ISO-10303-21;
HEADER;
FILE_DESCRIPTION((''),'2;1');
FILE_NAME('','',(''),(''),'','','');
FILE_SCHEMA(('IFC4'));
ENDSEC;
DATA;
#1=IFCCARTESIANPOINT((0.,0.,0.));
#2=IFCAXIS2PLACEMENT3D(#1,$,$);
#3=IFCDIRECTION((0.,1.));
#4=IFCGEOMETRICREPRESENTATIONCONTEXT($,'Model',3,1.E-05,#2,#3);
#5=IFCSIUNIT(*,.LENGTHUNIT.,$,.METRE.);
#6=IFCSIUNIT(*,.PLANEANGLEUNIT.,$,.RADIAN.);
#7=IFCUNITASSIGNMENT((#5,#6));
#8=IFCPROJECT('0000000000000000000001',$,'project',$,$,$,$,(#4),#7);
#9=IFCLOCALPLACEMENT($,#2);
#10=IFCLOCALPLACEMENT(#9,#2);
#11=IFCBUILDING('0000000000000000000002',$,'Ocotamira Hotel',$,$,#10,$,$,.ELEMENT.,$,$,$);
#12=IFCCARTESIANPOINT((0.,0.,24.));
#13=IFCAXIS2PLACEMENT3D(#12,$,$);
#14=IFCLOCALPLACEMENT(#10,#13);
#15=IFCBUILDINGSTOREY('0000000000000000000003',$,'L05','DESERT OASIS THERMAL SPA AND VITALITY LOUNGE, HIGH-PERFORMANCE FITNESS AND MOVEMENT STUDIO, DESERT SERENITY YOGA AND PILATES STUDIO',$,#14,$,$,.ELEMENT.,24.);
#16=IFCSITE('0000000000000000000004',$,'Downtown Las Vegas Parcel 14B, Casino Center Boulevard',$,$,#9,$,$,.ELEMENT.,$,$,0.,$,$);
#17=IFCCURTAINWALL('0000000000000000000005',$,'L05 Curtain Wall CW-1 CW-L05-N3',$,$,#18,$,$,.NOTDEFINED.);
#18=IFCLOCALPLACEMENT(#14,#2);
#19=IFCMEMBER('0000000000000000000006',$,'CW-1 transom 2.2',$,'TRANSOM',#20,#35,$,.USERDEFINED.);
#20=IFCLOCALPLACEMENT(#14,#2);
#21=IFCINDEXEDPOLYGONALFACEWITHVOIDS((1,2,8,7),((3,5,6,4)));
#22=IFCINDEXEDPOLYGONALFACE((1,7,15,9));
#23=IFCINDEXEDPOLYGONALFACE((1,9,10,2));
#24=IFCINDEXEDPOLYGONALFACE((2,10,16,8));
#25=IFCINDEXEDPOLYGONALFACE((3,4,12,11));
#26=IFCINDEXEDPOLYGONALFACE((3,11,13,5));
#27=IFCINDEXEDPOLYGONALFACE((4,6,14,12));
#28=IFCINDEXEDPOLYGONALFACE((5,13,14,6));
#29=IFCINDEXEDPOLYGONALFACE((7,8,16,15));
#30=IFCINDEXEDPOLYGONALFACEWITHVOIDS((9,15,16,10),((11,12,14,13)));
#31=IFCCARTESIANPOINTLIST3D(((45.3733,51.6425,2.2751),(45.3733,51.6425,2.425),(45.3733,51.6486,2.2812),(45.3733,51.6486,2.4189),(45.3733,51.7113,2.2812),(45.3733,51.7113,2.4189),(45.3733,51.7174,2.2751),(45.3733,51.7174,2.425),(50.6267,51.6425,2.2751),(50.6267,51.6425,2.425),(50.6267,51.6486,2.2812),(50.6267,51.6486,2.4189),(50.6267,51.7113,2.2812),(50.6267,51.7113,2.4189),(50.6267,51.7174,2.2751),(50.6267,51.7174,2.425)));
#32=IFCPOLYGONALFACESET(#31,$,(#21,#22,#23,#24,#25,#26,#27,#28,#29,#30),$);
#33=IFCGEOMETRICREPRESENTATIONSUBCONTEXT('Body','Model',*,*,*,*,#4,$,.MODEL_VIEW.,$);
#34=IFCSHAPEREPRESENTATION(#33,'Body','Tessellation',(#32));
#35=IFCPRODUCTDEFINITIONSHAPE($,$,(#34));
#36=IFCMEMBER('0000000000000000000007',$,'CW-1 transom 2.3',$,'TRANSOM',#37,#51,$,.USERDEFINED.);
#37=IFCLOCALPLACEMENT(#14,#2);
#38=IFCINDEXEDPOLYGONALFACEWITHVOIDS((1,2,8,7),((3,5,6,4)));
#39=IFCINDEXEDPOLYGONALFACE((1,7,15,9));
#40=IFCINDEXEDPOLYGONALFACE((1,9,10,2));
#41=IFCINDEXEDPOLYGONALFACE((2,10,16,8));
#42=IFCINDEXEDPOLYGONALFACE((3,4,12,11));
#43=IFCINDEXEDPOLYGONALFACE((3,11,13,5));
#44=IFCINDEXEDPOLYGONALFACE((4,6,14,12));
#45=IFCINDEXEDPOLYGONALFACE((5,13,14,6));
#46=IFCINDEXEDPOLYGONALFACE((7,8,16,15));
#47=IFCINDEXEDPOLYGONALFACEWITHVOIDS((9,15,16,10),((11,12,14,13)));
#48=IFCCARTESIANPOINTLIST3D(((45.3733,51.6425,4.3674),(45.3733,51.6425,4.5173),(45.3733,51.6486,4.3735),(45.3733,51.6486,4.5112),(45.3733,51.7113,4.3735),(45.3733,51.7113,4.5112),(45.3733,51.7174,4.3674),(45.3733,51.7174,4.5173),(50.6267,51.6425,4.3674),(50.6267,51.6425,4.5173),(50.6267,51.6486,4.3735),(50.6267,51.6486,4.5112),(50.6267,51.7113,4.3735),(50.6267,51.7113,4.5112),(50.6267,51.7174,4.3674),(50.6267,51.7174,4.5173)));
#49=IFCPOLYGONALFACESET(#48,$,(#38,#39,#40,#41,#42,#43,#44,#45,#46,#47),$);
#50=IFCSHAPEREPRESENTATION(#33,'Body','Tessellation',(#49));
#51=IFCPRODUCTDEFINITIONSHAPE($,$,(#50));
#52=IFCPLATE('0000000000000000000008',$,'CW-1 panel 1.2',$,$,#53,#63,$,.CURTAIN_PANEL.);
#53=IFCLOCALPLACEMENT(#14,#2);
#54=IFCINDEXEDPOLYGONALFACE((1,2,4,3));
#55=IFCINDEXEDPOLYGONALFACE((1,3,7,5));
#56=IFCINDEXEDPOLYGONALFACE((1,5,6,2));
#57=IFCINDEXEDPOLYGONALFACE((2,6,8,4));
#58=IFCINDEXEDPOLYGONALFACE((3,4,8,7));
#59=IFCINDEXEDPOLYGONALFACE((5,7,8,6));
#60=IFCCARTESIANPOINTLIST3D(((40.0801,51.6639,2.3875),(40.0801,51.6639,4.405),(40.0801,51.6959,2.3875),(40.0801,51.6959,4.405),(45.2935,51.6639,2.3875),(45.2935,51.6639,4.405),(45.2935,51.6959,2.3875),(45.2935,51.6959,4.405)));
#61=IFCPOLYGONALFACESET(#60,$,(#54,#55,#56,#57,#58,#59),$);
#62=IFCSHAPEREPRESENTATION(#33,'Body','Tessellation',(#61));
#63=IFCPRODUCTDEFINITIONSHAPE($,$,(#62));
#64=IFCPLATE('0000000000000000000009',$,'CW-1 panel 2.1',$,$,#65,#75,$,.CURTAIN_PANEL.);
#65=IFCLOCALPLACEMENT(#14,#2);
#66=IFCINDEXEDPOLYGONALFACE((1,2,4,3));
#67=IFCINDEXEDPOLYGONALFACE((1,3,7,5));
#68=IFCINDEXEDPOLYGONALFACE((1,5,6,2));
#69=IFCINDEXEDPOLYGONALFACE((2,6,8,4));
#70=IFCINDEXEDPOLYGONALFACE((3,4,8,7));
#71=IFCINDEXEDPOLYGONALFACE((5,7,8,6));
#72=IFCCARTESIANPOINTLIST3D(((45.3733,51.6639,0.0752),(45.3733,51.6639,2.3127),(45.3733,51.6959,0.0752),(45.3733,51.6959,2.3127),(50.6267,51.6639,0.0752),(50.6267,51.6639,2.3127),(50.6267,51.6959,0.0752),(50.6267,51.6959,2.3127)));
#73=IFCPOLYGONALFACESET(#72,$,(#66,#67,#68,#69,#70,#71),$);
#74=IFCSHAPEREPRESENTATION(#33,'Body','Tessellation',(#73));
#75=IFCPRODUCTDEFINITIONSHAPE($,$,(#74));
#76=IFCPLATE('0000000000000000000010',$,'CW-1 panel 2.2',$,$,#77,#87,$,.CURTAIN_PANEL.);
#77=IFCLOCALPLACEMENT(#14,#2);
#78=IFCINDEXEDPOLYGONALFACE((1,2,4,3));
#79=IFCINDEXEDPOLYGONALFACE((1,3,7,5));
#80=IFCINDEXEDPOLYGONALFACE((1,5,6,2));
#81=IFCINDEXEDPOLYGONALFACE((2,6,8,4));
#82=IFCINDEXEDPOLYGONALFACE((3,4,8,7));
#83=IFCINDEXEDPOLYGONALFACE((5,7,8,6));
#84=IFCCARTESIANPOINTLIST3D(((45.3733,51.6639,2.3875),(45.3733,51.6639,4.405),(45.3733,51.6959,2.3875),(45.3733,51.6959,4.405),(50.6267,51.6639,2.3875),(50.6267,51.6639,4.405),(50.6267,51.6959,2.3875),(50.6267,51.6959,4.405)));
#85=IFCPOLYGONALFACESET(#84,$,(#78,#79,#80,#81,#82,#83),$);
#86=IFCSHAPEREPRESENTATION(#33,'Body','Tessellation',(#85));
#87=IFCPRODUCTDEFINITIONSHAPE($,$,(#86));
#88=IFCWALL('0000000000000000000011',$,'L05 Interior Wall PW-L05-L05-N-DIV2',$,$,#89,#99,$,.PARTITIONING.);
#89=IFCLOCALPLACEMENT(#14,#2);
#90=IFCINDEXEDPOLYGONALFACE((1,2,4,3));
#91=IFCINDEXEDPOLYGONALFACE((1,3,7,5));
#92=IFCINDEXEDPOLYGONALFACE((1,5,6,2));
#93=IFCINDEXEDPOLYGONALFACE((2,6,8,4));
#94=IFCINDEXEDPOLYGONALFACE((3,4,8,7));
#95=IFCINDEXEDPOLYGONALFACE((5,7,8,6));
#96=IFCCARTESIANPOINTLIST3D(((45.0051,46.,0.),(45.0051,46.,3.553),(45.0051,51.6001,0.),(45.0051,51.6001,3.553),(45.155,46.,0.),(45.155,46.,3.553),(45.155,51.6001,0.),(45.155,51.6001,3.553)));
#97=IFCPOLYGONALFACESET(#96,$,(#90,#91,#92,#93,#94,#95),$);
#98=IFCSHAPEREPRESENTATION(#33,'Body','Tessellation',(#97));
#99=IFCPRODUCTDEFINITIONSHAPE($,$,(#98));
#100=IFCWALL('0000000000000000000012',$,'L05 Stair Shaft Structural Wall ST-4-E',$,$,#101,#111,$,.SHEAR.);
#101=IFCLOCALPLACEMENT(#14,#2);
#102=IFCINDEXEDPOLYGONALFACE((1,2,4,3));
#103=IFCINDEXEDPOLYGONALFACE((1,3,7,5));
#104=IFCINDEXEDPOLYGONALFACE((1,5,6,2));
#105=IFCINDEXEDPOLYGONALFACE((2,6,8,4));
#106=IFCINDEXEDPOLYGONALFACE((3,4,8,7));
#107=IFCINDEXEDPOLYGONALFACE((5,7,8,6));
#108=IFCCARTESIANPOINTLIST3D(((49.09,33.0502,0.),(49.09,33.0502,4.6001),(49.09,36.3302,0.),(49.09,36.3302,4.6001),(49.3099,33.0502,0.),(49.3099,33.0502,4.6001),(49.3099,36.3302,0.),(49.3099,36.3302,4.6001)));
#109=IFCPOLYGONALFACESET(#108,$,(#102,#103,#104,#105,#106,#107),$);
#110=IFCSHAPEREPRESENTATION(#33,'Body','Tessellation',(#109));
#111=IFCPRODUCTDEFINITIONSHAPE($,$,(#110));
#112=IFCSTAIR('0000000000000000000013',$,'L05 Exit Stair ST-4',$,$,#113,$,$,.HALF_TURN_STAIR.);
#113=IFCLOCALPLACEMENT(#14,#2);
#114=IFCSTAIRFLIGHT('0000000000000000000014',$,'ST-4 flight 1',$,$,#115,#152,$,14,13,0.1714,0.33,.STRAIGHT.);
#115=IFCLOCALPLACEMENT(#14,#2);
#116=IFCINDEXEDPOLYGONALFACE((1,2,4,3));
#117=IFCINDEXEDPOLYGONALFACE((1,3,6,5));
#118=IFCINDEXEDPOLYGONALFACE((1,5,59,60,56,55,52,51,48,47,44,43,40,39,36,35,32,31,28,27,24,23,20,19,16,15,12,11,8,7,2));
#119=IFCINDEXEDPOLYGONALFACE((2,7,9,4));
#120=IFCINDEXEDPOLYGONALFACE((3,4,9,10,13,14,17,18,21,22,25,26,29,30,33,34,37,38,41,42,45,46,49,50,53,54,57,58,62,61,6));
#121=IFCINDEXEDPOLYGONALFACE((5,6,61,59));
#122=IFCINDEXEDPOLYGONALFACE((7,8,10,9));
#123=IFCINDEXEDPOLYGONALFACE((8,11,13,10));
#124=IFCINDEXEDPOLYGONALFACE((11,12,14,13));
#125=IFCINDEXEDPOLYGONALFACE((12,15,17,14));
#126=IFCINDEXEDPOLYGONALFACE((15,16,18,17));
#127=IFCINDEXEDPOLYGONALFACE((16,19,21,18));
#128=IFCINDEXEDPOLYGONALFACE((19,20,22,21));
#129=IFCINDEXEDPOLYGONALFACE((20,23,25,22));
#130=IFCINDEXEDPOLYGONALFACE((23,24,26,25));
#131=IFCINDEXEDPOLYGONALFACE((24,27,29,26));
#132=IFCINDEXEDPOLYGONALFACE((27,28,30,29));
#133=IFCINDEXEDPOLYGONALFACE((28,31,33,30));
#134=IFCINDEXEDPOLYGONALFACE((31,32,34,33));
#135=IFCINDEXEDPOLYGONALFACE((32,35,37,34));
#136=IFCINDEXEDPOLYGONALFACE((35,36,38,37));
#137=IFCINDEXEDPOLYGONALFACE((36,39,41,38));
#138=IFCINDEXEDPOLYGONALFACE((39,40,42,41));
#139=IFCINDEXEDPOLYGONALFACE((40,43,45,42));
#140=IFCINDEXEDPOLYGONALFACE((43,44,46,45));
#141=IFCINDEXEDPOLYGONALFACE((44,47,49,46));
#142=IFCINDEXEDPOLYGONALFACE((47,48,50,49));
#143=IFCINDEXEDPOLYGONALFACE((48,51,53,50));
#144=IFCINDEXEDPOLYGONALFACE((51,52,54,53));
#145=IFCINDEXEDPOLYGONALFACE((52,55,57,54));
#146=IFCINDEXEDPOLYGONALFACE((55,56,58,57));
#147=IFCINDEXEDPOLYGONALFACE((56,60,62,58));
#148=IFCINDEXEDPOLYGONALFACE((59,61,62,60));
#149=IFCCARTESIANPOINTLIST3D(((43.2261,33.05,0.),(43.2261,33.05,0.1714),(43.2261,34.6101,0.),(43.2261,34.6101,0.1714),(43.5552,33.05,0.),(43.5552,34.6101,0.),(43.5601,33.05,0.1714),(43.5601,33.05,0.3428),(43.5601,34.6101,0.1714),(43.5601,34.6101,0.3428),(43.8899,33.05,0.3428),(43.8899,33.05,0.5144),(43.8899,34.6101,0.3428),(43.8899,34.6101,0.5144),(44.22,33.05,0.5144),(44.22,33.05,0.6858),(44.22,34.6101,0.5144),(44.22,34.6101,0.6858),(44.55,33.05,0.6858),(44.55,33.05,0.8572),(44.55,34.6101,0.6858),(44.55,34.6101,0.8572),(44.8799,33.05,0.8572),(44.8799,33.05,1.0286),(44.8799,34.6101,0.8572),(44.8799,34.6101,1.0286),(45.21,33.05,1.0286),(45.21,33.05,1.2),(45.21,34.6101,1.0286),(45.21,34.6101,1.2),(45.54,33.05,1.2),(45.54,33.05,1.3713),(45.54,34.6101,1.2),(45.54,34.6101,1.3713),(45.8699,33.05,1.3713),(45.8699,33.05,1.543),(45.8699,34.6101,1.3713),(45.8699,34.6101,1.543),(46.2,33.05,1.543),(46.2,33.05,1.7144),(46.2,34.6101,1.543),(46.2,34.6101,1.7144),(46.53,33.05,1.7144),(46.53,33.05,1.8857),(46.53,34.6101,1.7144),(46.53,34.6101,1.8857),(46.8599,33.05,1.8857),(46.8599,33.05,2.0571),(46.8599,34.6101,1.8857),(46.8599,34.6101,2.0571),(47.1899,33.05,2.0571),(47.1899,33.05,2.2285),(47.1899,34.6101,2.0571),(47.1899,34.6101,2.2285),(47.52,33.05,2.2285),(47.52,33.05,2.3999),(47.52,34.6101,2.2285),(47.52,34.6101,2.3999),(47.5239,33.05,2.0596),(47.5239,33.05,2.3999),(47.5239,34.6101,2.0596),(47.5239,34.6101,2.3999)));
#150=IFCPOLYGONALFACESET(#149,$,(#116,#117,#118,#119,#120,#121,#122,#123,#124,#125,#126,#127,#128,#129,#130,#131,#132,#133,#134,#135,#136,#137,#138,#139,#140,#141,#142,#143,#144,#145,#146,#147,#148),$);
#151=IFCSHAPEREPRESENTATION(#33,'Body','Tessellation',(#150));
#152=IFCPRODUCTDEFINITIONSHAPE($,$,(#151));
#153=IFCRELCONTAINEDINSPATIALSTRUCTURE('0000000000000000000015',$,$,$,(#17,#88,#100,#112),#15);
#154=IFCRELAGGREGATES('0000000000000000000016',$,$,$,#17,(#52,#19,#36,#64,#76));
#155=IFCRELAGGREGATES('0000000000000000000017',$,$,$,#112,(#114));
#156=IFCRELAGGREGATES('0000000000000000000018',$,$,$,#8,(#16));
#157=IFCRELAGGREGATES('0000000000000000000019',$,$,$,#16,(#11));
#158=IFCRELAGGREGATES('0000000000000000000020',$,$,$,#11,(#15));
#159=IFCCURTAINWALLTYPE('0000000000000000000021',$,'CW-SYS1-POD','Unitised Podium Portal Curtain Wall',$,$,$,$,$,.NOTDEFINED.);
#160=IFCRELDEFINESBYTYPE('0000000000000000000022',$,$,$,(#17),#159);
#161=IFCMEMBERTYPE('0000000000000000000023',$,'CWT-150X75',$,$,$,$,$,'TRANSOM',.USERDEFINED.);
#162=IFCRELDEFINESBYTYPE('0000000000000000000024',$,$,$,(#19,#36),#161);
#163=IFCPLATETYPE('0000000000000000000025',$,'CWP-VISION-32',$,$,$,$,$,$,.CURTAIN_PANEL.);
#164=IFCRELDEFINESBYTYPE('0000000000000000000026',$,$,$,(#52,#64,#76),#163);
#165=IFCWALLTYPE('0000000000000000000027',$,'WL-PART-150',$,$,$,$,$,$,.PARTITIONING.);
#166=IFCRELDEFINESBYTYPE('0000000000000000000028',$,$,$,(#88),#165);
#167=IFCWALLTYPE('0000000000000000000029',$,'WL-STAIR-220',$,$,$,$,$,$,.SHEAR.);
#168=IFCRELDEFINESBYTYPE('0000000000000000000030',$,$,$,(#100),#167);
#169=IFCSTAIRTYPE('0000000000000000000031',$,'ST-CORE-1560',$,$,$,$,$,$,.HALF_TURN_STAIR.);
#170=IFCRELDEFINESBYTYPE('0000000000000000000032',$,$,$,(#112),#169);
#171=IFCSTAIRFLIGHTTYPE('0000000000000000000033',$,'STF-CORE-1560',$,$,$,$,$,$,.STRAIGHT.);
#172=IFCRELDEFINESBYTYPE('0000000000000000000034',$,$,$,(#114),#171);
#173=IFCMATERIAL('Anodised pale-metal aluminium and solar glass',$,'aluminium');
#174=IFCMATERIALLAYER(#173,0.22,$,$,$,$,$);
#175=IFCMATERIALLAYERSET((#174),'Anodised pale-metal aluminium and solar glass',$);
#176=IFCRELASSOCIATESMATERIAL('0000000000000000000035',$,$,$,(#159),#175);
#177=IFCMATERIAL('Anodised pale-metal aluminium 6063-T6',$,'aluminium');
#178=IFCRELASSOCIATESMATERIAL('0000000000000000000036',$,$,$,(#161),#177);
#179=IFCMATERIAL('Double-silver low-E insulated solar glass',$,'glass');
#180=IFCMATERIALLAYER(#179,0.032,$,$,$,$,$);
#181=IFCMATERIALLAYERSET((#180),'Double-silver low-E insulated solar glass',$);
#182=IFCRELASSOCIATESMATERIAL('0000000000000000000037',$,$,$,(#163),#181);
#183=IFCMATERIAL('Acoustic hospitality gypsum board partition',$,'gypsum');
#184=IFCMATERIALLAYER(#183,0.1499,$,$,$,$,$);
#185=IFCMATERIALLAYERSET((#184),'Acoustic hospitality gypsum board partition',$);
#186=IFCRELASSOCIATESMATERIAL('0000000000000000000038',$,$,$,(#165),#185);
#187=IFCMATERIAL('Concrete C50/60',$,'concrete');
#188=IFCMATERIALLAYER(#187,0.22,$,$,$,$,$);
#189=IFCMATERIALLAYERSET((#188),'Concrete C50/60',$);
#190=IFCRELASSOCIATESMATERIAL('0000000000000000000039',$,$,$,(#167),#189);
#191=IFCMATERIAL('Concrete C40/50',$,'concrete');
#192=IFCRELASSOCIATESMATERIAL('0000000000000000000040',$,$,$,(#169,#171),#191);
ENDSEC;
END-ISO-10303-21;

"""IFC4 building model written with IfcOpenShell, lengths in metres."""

from ifc_helpers import new_model, si_unit, direction, frame, frame_2d, origin, origin_2d, place, context, subcontext, project, spatial, polyline, rectangle, hollow_rectangle, outline, extrude, source, transform, mapped, material, layer, layer_set, material_profile, profile_set, type_object, element, aggregate, save


model = new_model("IFC4")

# Units and contexts
model_context = context("Model", 3, precision=1e-05, world=origin(), true_north=direction((0.0, 1.0)))
body_context = subcontext(model_context, "Body", "Model", "MODEL_VIEW")
ifc_project = project(units=[si_unit("LENGTHUNIT", "METRE"), si_unit("PLANEANGLEUNIT", "RADIAN")], contexts=[model_context])

# Site, building, storey
site_placement = place(None, origin())
site = spatial("IfcSite", under=ifc_project, at=site_placement, Name="Downtown Las Vegas Parcel 14B, Casino Center Boulevard", CompositionType="ELEMENT", RefElevation=0.0)
building_placement = place(site_placement, origin())
building = spatial("IfcBuilding", under=site, at=building_placement, Name="Ocotamira Hotel", CompositionType="ELEMENT")
storey_placement = place(building_placement, frame((0.0, 0.0, 24.0)))
storey = spatial("IfcBuildingStorey", under=building, at=storey_placement, Name="L05", Description="DESERT OASIS THERMAL SPA AND VITALITY LOUNGE, HIGH-PERFORMANCE FITNESS AND MOVEMENT STUDIO, DESERT SERENITY YOGA AND PILATES STUDIO", CompositionType="ELEMENT", Elevation=24.0)

# Curtain wall, members, plates
ifc_material_1 = material(Name="Anodised pale-metal aluminium and solar glass", Category="aluminium")
ifc_layer_1 = layer(ifc_material_1, 0.22)
ifc_layer_set_1 = layer_set([ifc_layer_1], Name="Anodised pale-metal aluminium and solar glass")
curtain_wall_type = type_object("IfcCurtainWallType", Name="CW-SYS1-POD", Description="Unitised Podium Portal Curtain Wall", PredefinedType="NOTDEFINED", material=ifc_layer_set_1)
curtain_wall_placement = place(storey_placement, origin())
curtain_wall = element("IfcCurtainWall", 1, at=curtain_wall_placement, inside=storey, type_object=curtain_wall_type, Name="L05 Curtain Wall CW-1 CW-L05-N3", PredefinedType="NOTDEFINED")
ifc_material_2 = material(Name="Anodised pale-metal aluminium 6063-T6", Category="aluminium")
ifc_material_profile_1 = material_profile(ifc_material_2, hollow_rectangle(XDim=0.075, YDim=0.1499, WallThickness=0.0061, at=origin_2d()), Name="HSS150X75X6")
ifc_profile_set_1 = profile_set([ifc_material_profile_1], Name="Anodised pale-metal aluminium 6063-T6")
member_type_1 = type_object("IfcMemberType", Name="CWT-150X75", ElementType="TRANSOM", PredefinedType="USERDEFINED", material=ifc_profile_set_1)
shared_shape_1 = source(origin(), body_context, "Body", "SweptSolid", [
    extrude(hollow_rectangle(XDim=0.075, YDim=0.1499, WallThickness=0.0061, at=origin_2d()), origin(), (0.0, 0.0, 1.0), 5.2534),
])
member_1_placement = place(storey_placement, frame((45.3733, 51.6799, 2.3501), z_axis=(1.0, 0.0, 0.0), x_axis=(0.0, 1.0, 0.0)))
member_1 = element("IfcMember", 2, at=member_1_placement, type_object=member_type_1, Name="CW-1 transom 2.2", ObjectType="TRANSOM", PredefinedType="USERDEFINED", context=body_context, shape_type="MappedRepresentation", body=[
    mapped(shared_shape_1, transform((0.0, 0.0, 0.0), scale=1.0)),
])
member_2_placement = place(storey_placement, frame((45.3733, 51.6799, 4.4424), z_axis=(1.0, 0.0, 0.0), x_axis=(0.0, 1.0, 0.0)))
member_2 = element("IfcMember", 3, at=member_2_placement, type_object=member_type_1, Name="CW-1 transom 2.3", ObjectType="TRANSOM", PredefinedType="USERDEFINED", context=body_context, shape_type="MappedRepresentation", body=[
    mapped(shared_shape_1, transform((0.0, 0.0, 0.0), scale=1.0)),
])
ifc_material_3 = material(Name="Double-silver low-E insulated solar glass", Category="glass")
ifc_layer_2 = layer(ifc_material_3, 0.032)
ifc_layer_set_2 = layer_set([ifc_layer_2], Name="Double-silver low-E insulated solar glass")
plate_type = type_object("IfcPlateType", Name="CWP-VISION-32", PredefinedType="CURTAIN_PANEL", material=ifc_layer_set_2)
shared_shape_2 = source(origin(), body_context, "Body", "SweptSolid", [
    extrude(rectangle(XDim=5.2134, YDim=0.032, at=origin_2d()), origin(), (0.0, 0.0, 1.0), 2.0176),
])
plate_1_placement = place(storey_placement, frame((42.6868, 51.6799, 2.3875), z_axis=(0.0, 0.0, 1.0), x_axis=(1.0, 0.0, 0.0)))
plate_1 = element("IfcPlate", 4, at=plate_1_placement, type_object=plate_type, Name="CW-1 panel 1.2", PredefinedType="CURTAIN_PANEL", context=body_context, shape_type="MappedRepresentation", body=[
    mapped(shared_shape_2, transform((0.0, 0.0, 0.0), scale=1.0)),
])
shared_shape_3 = source(origin(), body_context, "Body", "SweptSolid", [
    extrude(rectangle(XDim=5.2534, YDim=0.032, at=origin_2d()), origin(), (0.0, 0.0, 1.0), 2.2375),
])
plate_2_placement = place(storey_placement, frame((48.0, 51.6799, 0.0752), z_axis=(0.0, 0.0, 1.0), x_axis=(1.0, 0.0, 0.0)))
plate_2 = element("IfcPlate", 5, at=plate_2_placement, type_object=plate_type, Name="CW-1 panel 2.1", PredefinedType="CURTAIN_PANEL", context=body_context, shape_type="MappedRepresentation", body=[
    mapped(shared_shape_3, transform((0.0, 0.0, 0.0), scale=1.0)),
])
shared_shape_4 = source(origin(), body_context, "Body", "SweptSolid", [
    extrude(rectangle(XDim=5.2534, YDim=0.032, at=origin_2d()), origin(), (0.0, 0.0, 1.0), 2.0176),
])
plate_3_placement = place(storey_placement, frame((48.0, 51.6799, 2.3875), z_axis=(0.0, 0.0, 1.0), x_axis=(1.0, 0.0, 0.0)))
plate_3 = element("IfcPlate", 6, at=plate_3_placement, type_object=plate_type, Name="CW-1 panel 2.2", PredefinedType="CURTAIN_PANEL", context=body_context, shape_type="MappedRepresentation", body=[
    mapped(shared_shape_4, transform((0.0, 0.0, 0.0), scale=1.0)),
])
aggregate(curtain_wall, [plate_1, member_1, member_2, plate_2, plate_3])

# Walls
ifc_material_4 = material(Name="Acoustic hospitality gypsum board partition", Category="gypsum")
ifc_layer_3 = layer(ifc_material_4, 0.1499)
ifc_layer_set_3 = layer_set([ifc_layer_3], Name="Acoustic hospitality gypsum board partition")
wall_type_1 = type_object("IfcWallType", Name="WL-PART-150", PredefinedType="PARTITIONING", material=ifc_layer_set_3)
wall_1_placement = place(storey_placement, frame((45.0801, 46.0, 0.0), z_axis=(0.0, 0.0, 1.0), x_axis=(0.0, 1.0, 0.0)))
element("IfcWall", 7, at=wall_1_placement, inside=storey, type_object=wall_type_1, Name="L05 Interior Wall PW-L05-L05-N-DIV2", PredefinedType="PARTITIONING", context=body_context, shape_type="SweptSolid", body=[
    extrude(rectangle(XDim=5.6001, YDim=0.1499, at=frame_2d((2.8, 0.0))), origin(), (0.0, 0.0, 1.0), 3.553),
])
ifc_material_5 = material(Name="Concrete C50/60", Category="concrete")
ifc_layer_4 = layer(ifc_material_5, 0.22)
ifc_layer_set_4 = layer_set([ifc_layer_4], Name="Concrete C50/60")
wall_type_2 = type_object("IfcWallType", Name="WL-STAIR-220", PredefinedType="SHEAR", material=ifc_layer_set_4)
wall_2_placement = place(storey_placement, frame((49.2, 33.05, 0.0), z_axis=(0.0, 0.0, 1.0), x_axis=(0.0, 1.0, 0.0)))
element("IfcWall", 8, at=wall_2_placement, inside=storey, type_object=wall_type_2, Name="L05 Stair Shaft Structural Wall ST-4-E", PredefinedType="SHEAR", context=body_context, shape_type="SweptSolid", body=[
    extrude(rectangle(XDim=3.28, YDim=0.22, at=frame_2d((1.6401, 0.0))), origin(), (0.0, 0.0, 1.0), 4.6001),
])

# Stair, stair flight
ifc_material_6 = material(Name="Concrete C40/50", Category="concrete")
stair_type = type_object("IfcStairType", Name="ST-CORE-1560", PredefinedType="HALF_TURN_STAIR", material=ifc_material_6)
stair_placement = place(storey_placement, origin())
stair = element("IfcStair", 9, at=stair_placement, inside=storey, type_object=stair_type, Name="L05 Exit Stair ST-4", PredefinedType="HALF_TURN_STAIR")
stair_flight_type = type_object("IfcStairFlightType", Name="STF-CORE-1560", PredefinedType="STRAIGHT", material=ifc_material_6)
shared_shape_5 = source(origin(), body_context, "Body", "SweptSolid", [
    extrude(outline(polyline([(-0.0039, 0.0), (-0.0039, 0.1714), (0.3301, 0.1714), (0.3301, 0.3428), (0.6599, 0.3428), (0.6599, 0.5144), (0.99, 0.5144), (0.99, 0.6858), (1.3201, 0.6858), (1.3201, 0.8572), (1.6499, 0.8572), (1.6499, 1.0286), (1.98, 1.0286), (1.98, 1.2), (2.3101, 1.2), (2.3101, 1.3713), (2.6399, 1.3713), (2.6399, 1.543), (2.97, 1.543), (2.97, 1.7144), (3.3, 1.7144), (3.3, 1.8857), (3.6299, 1.8857), (3.6299, 2.0571), (3.96, 2.0571), (3.96, 2.2285), (4.29, 2.2285), (4.29, 2.3999), (4.2939, 2.3999), (4.2939, 2.0596), (0.3252, 0.0), (-0.0039, 0.0)])), frame((0.0, 0.78, 0.0), z_axis=(0.0, -1.0, 0.0), x_axis=(1.0, 0.0, 0.0)), (0.0, 0.0, 1.0), 1.5601),
])
stair_flight_1_placement = place(storey_placement, frame((43.23, 33.8301, 0.0), z_axis=(0.0, 0.0, 1.0), x_axis=(1.0, 0.0, 0.0)))
stair_flight_1 = element("IfcStairFlight", 10, at=stair_flight_1_placement, type_object=stair_flight_type, Name="ST-4 flight 1", NumberOfRisers=14, NumberOfTreads=13, PredefinedType="STRAIGHT", RiserHeight=0.1714, TreadLength=0.33, context=body_context, shape_type="MappedRepresentation", body=[
    mapped(shared_shape_5, transform((0.0, 0.0, 0.0), scale=1.0)),
])
aggregate(stair, [stair_flight_1])

save(model, "model.ifc")
